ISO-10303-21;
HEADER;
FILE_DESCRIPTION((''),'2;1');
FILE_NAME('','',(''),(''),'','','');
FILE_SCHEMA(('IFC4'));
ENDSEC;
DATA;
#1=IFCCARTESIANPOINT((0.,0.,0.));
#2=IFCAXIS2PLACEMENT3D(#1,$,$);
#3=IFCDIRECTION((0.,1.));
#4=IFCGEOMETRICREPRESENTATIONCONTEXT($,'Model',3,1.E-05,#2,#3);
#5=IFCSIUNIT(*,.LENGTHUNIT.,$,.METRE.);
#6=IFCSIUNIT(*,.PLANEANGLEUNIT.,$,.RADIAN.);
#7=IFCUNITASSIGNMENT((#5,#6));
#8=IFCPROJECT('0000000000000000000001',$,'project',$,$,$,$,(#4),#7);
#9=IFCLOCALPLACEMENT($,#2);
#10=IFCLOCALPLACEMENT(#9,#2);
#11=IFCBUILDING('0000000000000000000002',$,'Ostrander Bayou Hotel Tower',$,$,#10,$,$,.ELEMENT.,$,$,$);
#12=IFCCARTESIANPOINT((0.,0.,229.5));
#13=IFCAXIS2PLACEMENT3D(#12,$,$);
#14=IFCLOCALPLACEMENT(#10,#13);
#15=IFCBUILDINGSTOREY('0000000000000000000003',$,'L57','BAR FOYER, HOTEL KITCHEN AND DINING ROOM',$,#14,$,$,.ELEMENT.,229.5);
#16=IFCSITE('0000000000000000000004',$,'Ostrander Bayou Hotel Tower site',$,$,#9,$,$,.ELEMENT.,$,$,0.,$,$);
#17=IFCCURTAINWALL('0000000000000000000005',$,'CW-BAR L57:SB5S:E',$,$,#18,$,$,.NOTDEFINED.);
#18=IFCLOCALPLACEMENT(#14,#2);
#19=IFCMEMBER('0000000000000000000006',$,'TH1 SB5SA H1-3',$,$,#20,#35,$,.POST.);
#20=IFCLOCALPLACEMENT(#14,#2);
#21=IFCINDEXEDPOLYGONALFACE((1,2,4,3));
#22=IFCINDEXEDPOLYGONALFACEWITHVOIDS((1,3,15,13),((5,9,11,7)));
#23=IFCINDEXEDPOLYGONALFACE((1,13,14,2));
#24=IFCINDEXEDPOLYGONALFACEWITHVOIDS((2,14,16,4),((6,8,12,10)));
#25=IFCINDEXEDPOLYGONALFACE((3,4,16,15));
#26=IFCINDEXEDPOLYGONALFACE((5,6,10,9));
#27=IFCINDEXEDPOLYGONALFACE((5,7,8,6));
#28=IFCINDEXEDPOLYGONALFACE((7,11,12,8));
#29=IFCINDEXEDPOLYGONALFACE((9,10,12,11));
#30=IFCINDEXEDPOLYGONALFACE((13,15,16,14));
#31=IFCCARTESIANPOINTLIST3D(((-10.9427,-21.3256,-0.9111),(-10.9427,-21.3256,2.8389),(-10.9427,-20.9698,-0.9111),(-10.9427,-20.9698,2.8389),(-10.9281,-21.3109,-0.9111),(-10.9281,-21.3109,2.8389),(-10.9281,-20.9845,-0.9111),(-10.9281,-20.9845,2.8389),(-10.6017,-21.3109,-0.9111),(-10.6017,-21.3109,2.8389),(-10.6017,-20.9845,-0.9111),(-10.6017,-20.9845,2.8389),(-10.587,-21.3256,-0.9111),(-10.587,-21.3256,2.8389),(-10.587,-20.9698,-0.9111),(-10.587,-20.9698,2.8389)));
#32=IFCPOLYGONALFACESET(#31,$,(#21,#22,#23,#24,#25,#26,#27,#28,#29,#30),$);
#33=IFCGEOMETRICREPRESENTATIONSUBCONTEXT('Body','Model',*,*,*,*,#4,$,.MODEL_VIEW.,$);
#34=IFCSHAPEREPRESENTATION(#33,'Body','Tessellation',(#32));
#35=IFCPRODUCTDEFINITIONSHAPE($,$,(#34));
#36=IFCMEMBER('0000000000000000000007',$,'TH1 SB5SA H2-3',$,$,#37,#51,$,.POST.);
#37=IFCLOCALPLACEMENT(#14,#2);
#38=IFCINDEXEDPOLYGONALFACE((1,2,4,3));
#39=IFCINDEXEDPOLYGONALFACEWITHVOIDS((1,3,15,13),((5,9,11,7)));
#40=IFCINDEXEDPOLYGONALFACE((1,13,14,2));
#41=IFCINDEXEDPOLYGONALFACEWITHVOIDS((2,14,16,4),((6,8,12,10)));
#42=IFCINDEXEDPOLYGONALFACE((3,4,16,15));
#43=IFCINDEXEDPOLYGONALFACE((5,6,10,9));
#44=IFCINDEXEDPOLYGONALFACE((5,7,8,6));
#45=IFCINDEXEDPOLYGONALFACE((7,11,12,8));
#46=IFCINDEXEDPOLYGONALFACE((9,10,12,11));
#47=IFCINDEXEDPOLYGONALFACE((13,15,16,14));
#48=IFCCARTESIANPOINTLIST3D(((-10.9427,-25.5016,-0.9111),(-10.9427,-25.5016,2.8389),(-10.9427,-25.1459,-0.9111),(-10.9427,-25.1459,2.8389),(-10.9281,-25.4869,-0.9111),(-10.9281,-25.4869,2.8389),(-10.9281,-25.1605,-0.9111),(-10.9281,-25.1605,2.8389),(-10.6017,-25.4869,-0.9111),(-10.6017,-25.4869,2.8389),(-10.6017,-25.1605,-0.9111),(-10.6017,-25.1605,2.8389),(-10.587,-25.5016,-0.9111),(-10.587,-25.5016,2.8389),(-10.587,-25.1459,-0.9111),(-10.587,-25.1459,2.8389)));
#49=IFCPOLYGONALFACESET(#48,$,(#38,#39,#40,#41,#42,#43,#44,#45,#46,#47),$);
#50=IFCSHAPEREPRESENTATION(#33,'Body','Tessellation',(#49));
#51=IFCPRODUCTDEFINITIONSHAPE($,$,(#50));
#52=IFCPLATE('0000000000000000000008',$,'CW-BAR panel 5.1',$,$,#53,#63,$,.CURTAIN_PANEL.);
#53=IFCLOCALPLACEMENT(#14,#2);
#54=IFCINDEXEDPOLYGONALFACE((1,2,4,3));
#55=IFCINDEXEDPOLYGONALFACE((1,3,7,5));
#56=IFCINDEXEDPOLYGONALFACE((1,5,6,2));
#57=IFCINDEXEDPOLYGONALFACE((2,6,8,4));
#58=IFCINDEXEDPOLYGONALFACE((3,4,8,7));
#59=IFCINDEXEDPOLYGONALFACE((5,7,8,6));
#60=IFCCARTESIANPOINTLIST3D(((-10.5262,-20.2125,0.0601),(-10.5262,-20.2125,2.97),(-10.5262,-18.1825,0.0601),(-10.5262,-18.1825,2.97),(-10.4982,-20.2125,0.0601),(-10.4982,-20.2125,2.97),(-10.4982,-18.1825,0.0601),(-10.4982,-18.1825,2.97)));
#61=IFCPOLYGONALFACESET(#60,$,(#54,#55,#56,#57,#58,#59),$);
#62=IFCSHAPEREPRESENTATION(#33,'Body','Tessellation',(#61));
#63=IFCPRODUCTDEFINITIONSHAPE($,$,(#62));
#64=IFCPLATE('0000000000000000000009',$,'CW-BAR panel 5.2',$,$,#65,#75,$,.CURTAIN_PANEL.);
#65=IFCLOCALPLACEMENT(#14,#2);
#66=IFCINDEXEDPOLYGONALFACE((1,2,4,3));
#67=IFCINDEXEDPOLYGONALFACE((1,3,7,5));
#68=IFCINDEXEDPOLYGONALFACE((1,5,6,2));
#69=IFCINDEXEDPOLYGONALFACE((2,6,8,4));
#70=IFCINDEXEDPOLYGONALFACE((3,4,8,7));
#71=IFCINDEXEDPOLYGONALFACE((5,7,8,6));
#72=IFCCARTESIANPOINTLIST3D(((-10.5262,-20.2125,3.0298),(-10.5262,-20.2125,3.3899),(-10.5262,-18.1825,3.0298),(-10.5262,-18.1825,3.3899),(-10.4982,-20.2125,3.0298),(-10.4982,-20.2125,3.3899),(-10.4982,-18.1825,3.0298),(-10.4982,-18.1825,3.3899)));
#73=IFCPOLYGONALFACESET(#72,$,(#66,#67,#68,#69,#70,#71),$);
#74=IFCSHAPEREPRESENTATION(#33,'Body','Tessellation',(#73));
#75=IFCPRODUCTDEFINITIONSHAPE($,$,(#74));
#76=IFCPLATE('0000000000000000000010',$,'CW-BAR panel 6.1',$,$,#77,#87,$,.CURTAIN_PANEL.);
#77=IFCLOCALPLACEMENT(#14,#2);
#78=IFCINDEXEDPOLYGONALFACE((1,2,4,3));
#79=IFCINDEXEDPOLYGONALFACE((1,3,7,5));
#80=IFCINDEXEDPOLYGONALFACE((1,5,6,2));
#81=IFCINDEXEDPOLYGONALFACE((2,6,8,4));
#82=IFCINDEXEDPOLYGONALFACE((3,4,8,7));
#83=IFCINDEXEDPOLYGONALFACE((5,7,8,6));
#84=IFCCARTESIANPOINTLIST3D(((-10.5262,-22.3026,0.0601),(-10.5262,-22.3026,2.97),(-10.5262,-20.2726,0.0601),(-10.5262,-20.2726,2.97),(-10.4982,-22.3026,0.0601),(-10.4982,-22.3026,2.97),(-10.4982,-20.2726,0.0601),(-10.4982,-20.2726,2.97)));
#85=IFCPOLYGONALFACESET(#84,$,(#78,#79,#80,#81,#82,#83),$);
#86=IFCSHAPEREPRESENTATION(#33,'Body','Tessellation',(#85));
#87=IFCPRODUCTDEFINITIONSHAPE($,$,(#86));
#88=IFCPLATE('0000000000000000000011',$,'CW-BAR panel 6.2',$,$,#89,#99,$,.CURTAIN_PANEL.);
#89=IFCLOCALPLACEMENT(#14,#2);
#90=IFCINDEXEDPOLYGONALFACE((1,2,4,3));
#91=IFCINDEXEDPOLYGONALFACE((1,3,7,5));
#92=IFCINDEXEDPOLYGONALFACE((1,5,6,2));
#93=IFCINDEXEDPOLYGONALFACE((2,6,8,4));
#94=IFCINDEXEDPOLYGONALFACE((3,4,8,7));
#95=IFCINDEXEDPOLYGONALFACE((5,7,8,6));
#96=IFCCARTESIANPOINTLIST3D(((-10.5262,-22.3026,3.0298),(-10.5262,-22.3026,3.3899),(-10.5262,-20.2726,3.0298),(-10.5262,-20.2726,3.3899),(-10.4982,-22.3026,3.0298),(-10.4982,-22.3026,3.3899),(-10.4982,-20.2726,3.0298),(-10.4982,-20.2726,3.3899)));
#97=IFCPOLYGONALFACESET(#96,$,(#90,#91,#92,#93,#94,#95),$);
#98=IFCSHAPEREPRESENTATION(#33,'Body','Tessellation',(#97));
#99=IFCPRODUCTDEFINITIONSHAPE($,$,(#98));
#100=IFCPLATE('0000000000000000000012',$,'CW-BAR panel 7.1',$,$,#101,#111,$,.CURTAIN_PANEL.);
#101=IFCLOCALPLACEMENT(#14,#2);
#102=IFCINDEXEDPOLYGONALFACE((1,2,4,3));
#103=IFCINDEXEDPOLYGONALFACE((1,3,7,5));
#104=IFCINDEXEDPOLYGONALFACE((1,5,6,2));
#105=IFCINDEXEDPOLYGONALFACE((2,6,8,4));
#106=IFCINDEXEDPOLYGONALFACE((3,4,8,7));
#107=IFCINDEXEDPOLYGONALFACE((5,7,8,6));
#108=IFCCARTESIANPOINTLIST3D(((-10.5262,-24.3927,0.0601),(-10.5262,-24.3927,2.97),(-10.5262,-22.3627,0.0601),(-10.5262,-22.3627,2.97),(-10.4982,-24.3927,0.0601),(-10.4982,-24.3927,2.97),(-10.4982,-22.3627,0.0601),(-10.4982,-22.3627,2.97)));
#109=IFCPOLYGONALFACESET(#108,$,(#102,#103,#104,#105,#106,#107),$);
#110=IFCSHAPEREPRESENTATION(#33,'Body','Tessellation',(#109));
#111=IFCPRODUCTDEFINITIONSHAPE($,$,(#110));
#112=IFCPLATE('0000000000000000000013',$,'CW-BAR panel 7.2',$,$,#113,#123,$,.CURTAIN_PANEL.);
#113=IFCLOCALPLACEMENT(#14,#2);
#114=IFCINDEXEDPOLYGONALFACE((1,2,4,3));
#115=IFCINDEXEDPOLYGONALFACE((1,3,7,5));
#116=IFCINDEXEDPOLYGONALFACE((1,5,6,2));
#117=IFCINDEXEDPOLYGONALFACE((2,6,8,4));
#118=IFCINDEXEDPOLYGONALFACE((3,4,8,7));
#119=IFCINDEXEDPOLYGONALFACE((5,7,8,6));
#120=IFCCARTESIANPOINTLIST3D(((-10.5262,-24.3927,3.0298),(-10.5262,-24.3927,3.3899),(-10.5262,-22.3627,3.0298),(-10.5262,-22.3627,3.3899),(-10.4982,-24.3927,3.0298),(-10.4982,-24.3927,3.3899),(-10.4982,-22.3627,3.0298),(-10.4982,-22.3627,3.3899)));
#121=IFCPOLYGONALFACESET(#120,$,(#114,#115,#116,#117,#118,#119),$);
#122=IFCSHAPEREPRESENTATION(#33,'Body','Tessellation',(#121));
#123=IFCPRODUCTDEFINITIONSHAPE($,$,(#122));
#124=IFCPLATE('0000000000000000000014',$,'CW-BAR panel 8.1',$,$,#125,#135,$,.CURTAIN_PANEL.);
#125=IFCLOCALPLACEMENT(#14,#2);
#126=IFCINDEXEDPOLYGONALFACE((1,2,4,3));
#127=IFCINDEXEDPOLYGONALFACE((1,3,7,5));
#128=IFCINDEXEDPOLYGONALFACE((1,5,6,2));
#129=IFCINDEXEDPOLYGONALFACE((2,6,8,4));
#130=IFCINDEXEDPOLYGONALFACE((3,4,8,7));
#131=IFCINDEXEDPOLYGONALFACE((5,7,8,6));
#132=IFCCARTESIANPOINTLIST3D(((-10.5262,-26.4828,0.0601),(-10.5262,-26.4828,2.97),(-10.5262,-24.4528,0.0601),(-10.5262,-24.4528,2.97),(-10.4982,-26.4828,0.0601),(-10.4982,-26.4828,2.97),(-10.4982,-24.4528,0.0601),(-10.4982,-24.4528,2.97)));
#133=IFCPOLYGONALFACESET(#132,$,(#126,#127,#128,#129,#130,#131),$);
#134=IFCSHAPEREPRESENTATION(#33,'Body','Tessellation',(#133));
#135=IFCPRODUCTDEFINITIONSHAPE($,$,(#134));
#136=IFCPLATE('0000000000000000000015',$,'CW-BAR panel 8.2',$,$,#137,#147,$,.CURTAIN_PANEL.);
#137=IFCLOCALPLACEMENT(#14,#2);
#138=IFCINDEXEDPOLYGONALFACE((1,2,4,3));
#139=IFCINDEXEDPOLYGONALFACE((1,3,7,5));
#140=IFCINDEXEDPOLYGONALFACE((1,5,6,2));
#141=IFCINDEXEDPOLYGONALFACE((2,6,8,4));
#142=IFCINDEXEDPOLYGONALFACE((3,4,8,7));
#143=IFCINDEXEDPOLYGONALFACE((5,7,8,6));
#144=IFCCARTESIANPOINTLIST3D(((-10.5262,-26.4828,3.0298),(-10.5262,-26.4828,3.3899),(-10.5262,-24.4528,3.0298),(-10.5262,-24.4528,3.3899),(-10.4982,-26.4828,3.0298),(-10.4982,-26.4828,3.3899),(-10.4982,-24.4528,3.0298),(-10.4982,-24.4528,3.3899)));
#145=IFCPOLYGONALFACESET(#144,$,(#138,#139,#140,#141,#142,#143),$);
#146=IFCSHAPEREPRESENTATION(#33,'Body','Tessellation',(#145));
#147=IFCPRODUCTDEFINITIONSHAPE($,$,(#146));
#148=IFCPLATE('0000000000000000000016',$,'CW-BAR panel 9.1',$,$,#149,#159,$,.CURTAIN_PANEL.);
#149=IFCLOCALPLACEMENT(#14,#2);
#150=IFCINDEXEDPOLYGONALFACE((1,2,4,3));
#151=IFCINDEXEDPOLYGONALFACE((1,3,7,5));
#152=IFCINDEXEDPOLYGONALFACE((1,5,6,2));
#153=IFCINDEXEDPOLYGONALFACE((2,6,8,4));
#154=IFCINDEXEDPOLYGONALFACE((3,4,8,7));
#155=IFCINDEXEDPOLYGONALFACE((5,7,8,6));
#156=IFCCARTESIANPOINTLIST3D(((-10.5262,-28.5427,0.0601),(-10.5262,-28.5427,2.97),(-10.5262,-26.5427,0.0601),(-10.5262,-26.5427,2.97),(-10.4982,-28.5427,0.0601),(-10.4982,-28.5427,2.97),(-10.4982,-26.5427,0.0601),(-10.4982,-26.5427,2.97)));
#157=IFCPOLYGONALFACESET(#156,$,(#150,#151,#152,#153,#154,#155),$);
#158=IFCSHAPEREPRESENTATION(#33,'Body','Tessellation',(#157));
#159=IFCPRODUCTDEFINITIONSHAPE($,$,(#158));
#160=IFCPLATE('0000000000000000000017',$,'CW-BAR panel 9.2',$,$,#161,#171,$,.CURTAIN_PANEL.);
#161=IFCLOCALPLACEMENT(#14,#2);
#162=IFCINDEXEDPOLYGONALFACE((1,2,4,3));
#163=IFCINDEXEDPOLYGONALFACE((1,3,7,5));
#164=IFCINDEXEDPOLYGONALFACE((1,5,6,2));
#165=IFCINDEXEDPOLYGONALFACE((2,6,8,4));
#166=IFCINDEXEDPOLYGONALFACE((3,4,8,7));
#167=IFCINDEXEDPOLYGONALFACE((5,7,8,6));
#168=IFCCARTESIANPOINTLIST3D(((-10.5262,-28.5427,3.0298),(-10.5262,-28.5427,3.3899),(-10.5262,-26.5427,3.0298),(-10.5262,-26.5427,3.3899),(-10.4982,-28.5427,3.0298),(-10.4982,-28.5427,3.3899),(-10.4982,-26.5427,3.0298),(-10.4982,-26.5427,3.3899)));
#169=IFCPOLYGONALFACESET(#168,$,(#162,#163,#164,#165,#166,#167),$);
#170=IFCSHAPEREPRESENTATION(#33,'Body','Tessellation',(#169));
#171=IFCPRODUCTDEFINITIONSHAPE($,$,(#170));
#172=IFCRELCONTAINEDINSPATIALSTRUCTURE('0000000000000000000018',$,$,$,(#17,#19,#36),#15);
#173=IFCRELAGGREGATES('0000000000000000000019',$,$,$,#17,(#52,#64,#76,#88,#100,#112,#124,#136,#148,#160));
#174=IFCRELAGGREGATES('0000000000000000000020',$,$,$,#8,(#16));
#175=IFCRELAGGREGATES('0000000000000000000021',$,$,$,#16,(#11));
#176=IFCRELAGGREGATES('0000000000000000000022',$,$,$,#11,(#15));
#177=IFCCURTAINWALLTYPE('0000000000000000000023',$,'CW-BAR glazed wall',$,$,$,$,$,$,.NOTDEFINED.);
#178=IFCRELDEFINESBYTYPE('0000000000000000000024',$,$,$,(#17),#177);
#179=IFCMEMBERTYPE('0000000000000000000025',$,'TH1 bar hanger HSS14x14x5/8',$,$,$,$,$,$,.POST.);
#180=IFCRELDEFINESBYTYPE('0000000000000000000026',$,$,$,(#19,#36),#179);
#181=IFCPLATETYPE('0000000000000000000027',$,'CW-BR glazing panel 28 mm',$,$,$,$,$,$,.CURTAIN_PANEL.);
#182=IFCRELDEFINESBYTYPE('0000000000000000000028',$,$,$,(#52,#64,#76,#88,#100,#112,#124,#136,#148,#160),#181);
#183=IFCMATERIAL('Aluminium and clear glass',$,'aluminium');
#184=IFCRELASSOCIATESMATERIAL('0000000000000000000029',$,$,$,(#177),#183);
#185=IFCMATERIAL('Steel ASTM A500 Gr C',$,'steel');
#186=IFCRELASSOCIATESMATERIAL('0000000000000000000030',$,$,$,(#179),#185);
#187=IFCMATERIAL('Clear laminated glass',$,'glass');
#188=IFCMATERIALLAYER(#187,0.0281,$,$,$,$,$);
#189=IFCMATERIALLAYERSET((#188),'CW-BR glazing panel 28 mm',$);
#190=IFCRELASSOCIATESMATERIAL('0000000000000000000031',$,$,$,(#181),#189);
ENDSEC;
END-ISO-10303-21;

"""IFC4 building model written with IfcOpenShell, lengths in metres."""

from ifc_helpers import new_model, si_unit, direction, frame, origin, origin_2d, place, context, subcontext, project, spatial, rectangle, hollow_rectangle, extrude, material, layer, layer_set, material_profile, profile_set, type_object, element, aggregate, save


model = new_model("IFC4")

# Units and contexts
model_context = context("Model", 3, precision=1e-05, world=origin(), true_north=direction((0.0, 1.0)))
body_context = subcontext(model_context, "Body", "Model", "MODEL_VIEW")
ifc_project = project(units=[si_unit("LENGTHUNIT", "METRE"), si_unit("PLANEANGLEUNIT", "RADIAN")], contexts=[model_context])

# Site, building, storey
site_placement = place(None, origin())
site = spatial("IfcSite", under=ifc_project, at=site_placement, Name="Ostrander Bayou Hotel Tower site", CompositionType="ELEMENT", RefElevation=0.0)
building_placement = place(site_placement, origin())
building = spatial("IfcBuilding", under=site, at=building_placement, Name="Ostrander Bayou Hotel Tower", CompositionType="ELEMENT")
storey_placement = place(building_placement, frame((0.0, 0.0, 229.5)))
storey = spatial("IfcBuildingStorey", under=building, at=storey_placement, Name="L57", Description="BAR FOYER, HOTEL KITCHEN AND DINING ROOM", CompositionType="ELEMENT", Elevation=229.5)

# Curtain wall
ifc_material_1 = material(Name="Aluminium and clear glass", Category="aluminium")
curtain_wall_type = type_object("IfcCurtainWallType", Name="CW-BAR glazed wall", PredefinedType="NOTDEFINED", material=ifc_material_1)
curtain_wall_placement = place(storey_placement, origin())
curtain_wall = element("IfcCurtainWall", 1, at=curtain_wall_placement, inside=storey, type_object=curtain_wall_type, Name="CW-BAR L57:SB5S:E", PredefinedType="NOTDEFINED")

# Members
ifc_material_2 = material(Name="Steel ASTM A500 Gr C", Category="steel")
ifc_material_profile_1 = material_profile(ifc_material_2, hollow_rectangle(XDim=0.3557, YDim=0.3557, WallThickness=0.0146, at=origin_2d()))
ifc_profile_set_1 = profile_set([ifc_material_profile_1], Name="Steel ASTM A500 Gr C")
member_type_1 = type_object("IfcMemberType", Name="TH1 bar hanger HSS14x14x5/8", PredefinedType="POST", material=ifc_profile_set_1)
for number, where, z_axis, x_axis, name in (
    (2, (-10.7649, -21.1477, -0.9111), (0.0, 0.0, 1.0), (1.0, 0.0, 0.0), "TH1 SB5SA H1-3"),
    (3, (-10.7649, -25.3237, -0.9111), (0.0, 0.0, 1.0), (1.0, 0.0, 0.0), "TH1 SB5SA H2-3"),
):
    element("IfcMember", number, at=place(storey_placement, frame(where, z_axis=z_axis, x_axis=x_axis)), inside=storey, type_object=member_type_1, Name=name, PredefinedType="POST", context=body_context, shape_type="SweptSolid", body=[
        extrude(hollow_rectangle(XDim=0.3557, YDim=0.3557, WallThickness=0.0146, at=origin_2d()), origin(), (0.0, 0.0, 1.0), 3.75),
    ])

# Plates
ifc_material_3 = material(Name="Clear laminated glass", Category="glass")
ifc_layer_1 = layer(ifc_material_3, 0.0281)
ifc_layer_set_1 = layer_set([ifc_layer_1], Name="CW-BR glazing panel 28 mm")
plate_type = type_object("IfcPlateType", Name="CW-BR glazing panel 28 mm", PredefinedType="CURTAIN_PANEL", material=ifc_layer_set_1)
plate_1_placement = place(storey_placement, frame((-10.5122, -19.1975, 0.0601), z_axis=(0.0, 0.0, 1.0), x_axis=(0.0, -1.0, 0.0)))
plate_1 = element("IfcPlate", 4, at=plate_1_placement, type_object=plate_type, Name="CW-BAR panel 5.1", PredefinedType="CURTAIN_PANEL", context=body_context, shape_type="SweptSolid", body=[
    extrude(rectangle(XDim=2.03, YDim=0.0281, at=origin_2d()), origin(), (0.0, 0.0, 1.0), 2.9099),
])
plate_2_placement = place(storey_placement, frame((-10.5122, -19.1975, 3.0298), z_axis=(0.0, 0.0, 1.0), x_axis=(0.0, -1.0, 0.0)))
plate_2 = element("IfcPlate", 5, at=plate_2_placement, type_object=plate_type, Name="CW-BAR panel 5.2", PredefinedType="CURTAIN_PANEL", context=body_context, shape_type="SweptSolid", body=[
    extrude(rectangle(XDim=2.03, YDim=0.0281, at=origin_2d()), origin(), (0.0, 0.0, 1.0), 0.3601),
])
plate_3_placement = place(storey_placement, frame((-10.5122, -21.2876, 0.0601), z_axis=(0.0, 0.0, 1.0), x_axis=(0.0, -1.0, 0.0)))
plate_3 = element("IfcPlate", 6, at=plate_3_placement, type_object=plate_type, Name="CW-BAR panel 6.1", PredefinedType="CURTAIN_PANEL", context=body_context, shape_type="SweptSolid", body=[
    extrude(rectangle(XDim=2.03, YDim=0.0281, at=origin_2d()), origin(), (0.0, 0.0, 1.0), 2.9099),
])
plate_4_placement = place(storey_placement, frame((-10.5122, -21.2876, 3.0298), z_axis=(0.0, 0.0, 1.0), x_axis=(0.0, -1.0, 0.0)))
plate_4 = element("IfcPlate", 7, at=plate_4_placement, type_object=plate_type, Name="CW-BAR panel 6.2", PredefinedType="CURTAIN_PANEL", context=body_context, shape_type="SweptSolid", body=[
    extrude(rectangle(XDim=2.03, YDim=0.0281, at=origin_2d()), origin(), (0.0, 0.0, 1.0), 0.3601),
])
plate_5_placement = place(storey_placement, frame((-10.5122, -23.3777, 0.0601), z_axis=(0.0, 0.0, 1.0), x_axis=(0.0, -1.0, 0.0)))
plate_5 = element("IfcPlate", 8, at=plate_5_placement, type_object=plate_type, Name="CW-BAR panel 7.1", PredefinedType="CURTAIN_PANEL", context=body_context, shape_type="SweptSolid", body=[
    extrude(rectangle(XDim=2.03, YDim=0.0281, at=origin_2d()), origin(), (0.0, 0.0, 1.0), 2.9099),
])
plate_6_placement = place(storey_placement, frame((-10.5122, -23.3777, 3.0298), z_axis=(0.0, 0.0, 1.0), x_axis=(0.0, -1.0, 0.0)))
plate_6 = element("IfcPlate", 9, at=plate_6_placement, type_object=plate_type, Name="CW-BAR panel 7.2", PredefinedType="CURTAIN_PANEL", context=body_context, shape_type="SweptSolid", body=[
    extrude(rectangle(XDim=2.03, YDim=0.0281, at=origin_2d()), origin(), (0.0, 0.0, 1.0), 0.3601),
])
plate_7_placement = place(storey_placement, frame((-10.5122, -25.4678, 0.0601), z_axis=(0.0, 0.0, 1.0), x_axis=(0.0, -1.0, 0.0)))
plate_7 = element("IfcPlate", 10, at=plate_7_placement, type_object=plate_type, Name="CW-BAR panel 8.1", PredefinedType="CURTAIN_PANEL", context=body_context, shape_type="SweptSolid", body=[
    extrude(rectangle(XDim=2.03, YDim=0.0281, at=origin_2d()), origin(), (0.0, 0.0, 1.0), 2.9099),
])
plate_8_placement = place(storey_placement, frame((-10.5122, -25.4678, 3.0298), z_axis=(0.0, 0.0, 1.0), x_axis=(0.0, -1.0, 0.0)))
plate_8 = element("IfcPlate", 11, at=plate_8_placement, type_object=plate_type, Name="CW-BAR panel 8.2", PredefinedType="CURTAIN_PANEL", context=body_context, shape_type="SweptSolid", body=[
    extrude(rectangle(XDim=2.03, YDim=0.0281, at=origin_2d()), origin(), (0.0, 0.0, 1.0), 0.3601),
])
plate_9_placement = place(storey_placement, frame((-10.5122, -27.5427, 0.0601), z_axis=(0.0, 0.0, 1.0), x_axis=(0.0, -1.0, 0.0)))
plate_9 = element("IfcPlate", 12, at=plate_9_placement, type_object=plate_type, Name="CW-BAR panel 9.1", PredefinedType="CURTAIN_PANEL", context=body_context, shape_type="SweptSolid", body=[
    extrude(rectangle(XDim=2.0, YDim=0.0281, at=origin_2d()), origin(), (0.0, 0.0, 1.0), 2.9099),
])
plate_10_placement = place(storey_placement, frame((-10.5122, -27.5427, 3.0298), z_axis=(0.0, 0.0, 1.0), x_axis=(0.0, -1.0, 0.0)))
plate_10 = element("IfcPlate", 13, at=plate_10_placement, type_object=plate_type, Name="CW-BAR panel 9.2", PredefinedType="CURTAIN_PANEL", context=body_context, shape_type="SweptSolid", body=[
    extrude(rectangle(XDim=2.0, YDim=0.0281, at=origin_2d()), origin(), (0.0, 0.0, 1.0), 0.3601),
])
aggregate(curtain_wall, [plate_1, plate_2, plate_3, plate_4, plate_5, plate_6, plate_7, plate_8, plate_9, plate_10])

save(model, "model.ifc")
